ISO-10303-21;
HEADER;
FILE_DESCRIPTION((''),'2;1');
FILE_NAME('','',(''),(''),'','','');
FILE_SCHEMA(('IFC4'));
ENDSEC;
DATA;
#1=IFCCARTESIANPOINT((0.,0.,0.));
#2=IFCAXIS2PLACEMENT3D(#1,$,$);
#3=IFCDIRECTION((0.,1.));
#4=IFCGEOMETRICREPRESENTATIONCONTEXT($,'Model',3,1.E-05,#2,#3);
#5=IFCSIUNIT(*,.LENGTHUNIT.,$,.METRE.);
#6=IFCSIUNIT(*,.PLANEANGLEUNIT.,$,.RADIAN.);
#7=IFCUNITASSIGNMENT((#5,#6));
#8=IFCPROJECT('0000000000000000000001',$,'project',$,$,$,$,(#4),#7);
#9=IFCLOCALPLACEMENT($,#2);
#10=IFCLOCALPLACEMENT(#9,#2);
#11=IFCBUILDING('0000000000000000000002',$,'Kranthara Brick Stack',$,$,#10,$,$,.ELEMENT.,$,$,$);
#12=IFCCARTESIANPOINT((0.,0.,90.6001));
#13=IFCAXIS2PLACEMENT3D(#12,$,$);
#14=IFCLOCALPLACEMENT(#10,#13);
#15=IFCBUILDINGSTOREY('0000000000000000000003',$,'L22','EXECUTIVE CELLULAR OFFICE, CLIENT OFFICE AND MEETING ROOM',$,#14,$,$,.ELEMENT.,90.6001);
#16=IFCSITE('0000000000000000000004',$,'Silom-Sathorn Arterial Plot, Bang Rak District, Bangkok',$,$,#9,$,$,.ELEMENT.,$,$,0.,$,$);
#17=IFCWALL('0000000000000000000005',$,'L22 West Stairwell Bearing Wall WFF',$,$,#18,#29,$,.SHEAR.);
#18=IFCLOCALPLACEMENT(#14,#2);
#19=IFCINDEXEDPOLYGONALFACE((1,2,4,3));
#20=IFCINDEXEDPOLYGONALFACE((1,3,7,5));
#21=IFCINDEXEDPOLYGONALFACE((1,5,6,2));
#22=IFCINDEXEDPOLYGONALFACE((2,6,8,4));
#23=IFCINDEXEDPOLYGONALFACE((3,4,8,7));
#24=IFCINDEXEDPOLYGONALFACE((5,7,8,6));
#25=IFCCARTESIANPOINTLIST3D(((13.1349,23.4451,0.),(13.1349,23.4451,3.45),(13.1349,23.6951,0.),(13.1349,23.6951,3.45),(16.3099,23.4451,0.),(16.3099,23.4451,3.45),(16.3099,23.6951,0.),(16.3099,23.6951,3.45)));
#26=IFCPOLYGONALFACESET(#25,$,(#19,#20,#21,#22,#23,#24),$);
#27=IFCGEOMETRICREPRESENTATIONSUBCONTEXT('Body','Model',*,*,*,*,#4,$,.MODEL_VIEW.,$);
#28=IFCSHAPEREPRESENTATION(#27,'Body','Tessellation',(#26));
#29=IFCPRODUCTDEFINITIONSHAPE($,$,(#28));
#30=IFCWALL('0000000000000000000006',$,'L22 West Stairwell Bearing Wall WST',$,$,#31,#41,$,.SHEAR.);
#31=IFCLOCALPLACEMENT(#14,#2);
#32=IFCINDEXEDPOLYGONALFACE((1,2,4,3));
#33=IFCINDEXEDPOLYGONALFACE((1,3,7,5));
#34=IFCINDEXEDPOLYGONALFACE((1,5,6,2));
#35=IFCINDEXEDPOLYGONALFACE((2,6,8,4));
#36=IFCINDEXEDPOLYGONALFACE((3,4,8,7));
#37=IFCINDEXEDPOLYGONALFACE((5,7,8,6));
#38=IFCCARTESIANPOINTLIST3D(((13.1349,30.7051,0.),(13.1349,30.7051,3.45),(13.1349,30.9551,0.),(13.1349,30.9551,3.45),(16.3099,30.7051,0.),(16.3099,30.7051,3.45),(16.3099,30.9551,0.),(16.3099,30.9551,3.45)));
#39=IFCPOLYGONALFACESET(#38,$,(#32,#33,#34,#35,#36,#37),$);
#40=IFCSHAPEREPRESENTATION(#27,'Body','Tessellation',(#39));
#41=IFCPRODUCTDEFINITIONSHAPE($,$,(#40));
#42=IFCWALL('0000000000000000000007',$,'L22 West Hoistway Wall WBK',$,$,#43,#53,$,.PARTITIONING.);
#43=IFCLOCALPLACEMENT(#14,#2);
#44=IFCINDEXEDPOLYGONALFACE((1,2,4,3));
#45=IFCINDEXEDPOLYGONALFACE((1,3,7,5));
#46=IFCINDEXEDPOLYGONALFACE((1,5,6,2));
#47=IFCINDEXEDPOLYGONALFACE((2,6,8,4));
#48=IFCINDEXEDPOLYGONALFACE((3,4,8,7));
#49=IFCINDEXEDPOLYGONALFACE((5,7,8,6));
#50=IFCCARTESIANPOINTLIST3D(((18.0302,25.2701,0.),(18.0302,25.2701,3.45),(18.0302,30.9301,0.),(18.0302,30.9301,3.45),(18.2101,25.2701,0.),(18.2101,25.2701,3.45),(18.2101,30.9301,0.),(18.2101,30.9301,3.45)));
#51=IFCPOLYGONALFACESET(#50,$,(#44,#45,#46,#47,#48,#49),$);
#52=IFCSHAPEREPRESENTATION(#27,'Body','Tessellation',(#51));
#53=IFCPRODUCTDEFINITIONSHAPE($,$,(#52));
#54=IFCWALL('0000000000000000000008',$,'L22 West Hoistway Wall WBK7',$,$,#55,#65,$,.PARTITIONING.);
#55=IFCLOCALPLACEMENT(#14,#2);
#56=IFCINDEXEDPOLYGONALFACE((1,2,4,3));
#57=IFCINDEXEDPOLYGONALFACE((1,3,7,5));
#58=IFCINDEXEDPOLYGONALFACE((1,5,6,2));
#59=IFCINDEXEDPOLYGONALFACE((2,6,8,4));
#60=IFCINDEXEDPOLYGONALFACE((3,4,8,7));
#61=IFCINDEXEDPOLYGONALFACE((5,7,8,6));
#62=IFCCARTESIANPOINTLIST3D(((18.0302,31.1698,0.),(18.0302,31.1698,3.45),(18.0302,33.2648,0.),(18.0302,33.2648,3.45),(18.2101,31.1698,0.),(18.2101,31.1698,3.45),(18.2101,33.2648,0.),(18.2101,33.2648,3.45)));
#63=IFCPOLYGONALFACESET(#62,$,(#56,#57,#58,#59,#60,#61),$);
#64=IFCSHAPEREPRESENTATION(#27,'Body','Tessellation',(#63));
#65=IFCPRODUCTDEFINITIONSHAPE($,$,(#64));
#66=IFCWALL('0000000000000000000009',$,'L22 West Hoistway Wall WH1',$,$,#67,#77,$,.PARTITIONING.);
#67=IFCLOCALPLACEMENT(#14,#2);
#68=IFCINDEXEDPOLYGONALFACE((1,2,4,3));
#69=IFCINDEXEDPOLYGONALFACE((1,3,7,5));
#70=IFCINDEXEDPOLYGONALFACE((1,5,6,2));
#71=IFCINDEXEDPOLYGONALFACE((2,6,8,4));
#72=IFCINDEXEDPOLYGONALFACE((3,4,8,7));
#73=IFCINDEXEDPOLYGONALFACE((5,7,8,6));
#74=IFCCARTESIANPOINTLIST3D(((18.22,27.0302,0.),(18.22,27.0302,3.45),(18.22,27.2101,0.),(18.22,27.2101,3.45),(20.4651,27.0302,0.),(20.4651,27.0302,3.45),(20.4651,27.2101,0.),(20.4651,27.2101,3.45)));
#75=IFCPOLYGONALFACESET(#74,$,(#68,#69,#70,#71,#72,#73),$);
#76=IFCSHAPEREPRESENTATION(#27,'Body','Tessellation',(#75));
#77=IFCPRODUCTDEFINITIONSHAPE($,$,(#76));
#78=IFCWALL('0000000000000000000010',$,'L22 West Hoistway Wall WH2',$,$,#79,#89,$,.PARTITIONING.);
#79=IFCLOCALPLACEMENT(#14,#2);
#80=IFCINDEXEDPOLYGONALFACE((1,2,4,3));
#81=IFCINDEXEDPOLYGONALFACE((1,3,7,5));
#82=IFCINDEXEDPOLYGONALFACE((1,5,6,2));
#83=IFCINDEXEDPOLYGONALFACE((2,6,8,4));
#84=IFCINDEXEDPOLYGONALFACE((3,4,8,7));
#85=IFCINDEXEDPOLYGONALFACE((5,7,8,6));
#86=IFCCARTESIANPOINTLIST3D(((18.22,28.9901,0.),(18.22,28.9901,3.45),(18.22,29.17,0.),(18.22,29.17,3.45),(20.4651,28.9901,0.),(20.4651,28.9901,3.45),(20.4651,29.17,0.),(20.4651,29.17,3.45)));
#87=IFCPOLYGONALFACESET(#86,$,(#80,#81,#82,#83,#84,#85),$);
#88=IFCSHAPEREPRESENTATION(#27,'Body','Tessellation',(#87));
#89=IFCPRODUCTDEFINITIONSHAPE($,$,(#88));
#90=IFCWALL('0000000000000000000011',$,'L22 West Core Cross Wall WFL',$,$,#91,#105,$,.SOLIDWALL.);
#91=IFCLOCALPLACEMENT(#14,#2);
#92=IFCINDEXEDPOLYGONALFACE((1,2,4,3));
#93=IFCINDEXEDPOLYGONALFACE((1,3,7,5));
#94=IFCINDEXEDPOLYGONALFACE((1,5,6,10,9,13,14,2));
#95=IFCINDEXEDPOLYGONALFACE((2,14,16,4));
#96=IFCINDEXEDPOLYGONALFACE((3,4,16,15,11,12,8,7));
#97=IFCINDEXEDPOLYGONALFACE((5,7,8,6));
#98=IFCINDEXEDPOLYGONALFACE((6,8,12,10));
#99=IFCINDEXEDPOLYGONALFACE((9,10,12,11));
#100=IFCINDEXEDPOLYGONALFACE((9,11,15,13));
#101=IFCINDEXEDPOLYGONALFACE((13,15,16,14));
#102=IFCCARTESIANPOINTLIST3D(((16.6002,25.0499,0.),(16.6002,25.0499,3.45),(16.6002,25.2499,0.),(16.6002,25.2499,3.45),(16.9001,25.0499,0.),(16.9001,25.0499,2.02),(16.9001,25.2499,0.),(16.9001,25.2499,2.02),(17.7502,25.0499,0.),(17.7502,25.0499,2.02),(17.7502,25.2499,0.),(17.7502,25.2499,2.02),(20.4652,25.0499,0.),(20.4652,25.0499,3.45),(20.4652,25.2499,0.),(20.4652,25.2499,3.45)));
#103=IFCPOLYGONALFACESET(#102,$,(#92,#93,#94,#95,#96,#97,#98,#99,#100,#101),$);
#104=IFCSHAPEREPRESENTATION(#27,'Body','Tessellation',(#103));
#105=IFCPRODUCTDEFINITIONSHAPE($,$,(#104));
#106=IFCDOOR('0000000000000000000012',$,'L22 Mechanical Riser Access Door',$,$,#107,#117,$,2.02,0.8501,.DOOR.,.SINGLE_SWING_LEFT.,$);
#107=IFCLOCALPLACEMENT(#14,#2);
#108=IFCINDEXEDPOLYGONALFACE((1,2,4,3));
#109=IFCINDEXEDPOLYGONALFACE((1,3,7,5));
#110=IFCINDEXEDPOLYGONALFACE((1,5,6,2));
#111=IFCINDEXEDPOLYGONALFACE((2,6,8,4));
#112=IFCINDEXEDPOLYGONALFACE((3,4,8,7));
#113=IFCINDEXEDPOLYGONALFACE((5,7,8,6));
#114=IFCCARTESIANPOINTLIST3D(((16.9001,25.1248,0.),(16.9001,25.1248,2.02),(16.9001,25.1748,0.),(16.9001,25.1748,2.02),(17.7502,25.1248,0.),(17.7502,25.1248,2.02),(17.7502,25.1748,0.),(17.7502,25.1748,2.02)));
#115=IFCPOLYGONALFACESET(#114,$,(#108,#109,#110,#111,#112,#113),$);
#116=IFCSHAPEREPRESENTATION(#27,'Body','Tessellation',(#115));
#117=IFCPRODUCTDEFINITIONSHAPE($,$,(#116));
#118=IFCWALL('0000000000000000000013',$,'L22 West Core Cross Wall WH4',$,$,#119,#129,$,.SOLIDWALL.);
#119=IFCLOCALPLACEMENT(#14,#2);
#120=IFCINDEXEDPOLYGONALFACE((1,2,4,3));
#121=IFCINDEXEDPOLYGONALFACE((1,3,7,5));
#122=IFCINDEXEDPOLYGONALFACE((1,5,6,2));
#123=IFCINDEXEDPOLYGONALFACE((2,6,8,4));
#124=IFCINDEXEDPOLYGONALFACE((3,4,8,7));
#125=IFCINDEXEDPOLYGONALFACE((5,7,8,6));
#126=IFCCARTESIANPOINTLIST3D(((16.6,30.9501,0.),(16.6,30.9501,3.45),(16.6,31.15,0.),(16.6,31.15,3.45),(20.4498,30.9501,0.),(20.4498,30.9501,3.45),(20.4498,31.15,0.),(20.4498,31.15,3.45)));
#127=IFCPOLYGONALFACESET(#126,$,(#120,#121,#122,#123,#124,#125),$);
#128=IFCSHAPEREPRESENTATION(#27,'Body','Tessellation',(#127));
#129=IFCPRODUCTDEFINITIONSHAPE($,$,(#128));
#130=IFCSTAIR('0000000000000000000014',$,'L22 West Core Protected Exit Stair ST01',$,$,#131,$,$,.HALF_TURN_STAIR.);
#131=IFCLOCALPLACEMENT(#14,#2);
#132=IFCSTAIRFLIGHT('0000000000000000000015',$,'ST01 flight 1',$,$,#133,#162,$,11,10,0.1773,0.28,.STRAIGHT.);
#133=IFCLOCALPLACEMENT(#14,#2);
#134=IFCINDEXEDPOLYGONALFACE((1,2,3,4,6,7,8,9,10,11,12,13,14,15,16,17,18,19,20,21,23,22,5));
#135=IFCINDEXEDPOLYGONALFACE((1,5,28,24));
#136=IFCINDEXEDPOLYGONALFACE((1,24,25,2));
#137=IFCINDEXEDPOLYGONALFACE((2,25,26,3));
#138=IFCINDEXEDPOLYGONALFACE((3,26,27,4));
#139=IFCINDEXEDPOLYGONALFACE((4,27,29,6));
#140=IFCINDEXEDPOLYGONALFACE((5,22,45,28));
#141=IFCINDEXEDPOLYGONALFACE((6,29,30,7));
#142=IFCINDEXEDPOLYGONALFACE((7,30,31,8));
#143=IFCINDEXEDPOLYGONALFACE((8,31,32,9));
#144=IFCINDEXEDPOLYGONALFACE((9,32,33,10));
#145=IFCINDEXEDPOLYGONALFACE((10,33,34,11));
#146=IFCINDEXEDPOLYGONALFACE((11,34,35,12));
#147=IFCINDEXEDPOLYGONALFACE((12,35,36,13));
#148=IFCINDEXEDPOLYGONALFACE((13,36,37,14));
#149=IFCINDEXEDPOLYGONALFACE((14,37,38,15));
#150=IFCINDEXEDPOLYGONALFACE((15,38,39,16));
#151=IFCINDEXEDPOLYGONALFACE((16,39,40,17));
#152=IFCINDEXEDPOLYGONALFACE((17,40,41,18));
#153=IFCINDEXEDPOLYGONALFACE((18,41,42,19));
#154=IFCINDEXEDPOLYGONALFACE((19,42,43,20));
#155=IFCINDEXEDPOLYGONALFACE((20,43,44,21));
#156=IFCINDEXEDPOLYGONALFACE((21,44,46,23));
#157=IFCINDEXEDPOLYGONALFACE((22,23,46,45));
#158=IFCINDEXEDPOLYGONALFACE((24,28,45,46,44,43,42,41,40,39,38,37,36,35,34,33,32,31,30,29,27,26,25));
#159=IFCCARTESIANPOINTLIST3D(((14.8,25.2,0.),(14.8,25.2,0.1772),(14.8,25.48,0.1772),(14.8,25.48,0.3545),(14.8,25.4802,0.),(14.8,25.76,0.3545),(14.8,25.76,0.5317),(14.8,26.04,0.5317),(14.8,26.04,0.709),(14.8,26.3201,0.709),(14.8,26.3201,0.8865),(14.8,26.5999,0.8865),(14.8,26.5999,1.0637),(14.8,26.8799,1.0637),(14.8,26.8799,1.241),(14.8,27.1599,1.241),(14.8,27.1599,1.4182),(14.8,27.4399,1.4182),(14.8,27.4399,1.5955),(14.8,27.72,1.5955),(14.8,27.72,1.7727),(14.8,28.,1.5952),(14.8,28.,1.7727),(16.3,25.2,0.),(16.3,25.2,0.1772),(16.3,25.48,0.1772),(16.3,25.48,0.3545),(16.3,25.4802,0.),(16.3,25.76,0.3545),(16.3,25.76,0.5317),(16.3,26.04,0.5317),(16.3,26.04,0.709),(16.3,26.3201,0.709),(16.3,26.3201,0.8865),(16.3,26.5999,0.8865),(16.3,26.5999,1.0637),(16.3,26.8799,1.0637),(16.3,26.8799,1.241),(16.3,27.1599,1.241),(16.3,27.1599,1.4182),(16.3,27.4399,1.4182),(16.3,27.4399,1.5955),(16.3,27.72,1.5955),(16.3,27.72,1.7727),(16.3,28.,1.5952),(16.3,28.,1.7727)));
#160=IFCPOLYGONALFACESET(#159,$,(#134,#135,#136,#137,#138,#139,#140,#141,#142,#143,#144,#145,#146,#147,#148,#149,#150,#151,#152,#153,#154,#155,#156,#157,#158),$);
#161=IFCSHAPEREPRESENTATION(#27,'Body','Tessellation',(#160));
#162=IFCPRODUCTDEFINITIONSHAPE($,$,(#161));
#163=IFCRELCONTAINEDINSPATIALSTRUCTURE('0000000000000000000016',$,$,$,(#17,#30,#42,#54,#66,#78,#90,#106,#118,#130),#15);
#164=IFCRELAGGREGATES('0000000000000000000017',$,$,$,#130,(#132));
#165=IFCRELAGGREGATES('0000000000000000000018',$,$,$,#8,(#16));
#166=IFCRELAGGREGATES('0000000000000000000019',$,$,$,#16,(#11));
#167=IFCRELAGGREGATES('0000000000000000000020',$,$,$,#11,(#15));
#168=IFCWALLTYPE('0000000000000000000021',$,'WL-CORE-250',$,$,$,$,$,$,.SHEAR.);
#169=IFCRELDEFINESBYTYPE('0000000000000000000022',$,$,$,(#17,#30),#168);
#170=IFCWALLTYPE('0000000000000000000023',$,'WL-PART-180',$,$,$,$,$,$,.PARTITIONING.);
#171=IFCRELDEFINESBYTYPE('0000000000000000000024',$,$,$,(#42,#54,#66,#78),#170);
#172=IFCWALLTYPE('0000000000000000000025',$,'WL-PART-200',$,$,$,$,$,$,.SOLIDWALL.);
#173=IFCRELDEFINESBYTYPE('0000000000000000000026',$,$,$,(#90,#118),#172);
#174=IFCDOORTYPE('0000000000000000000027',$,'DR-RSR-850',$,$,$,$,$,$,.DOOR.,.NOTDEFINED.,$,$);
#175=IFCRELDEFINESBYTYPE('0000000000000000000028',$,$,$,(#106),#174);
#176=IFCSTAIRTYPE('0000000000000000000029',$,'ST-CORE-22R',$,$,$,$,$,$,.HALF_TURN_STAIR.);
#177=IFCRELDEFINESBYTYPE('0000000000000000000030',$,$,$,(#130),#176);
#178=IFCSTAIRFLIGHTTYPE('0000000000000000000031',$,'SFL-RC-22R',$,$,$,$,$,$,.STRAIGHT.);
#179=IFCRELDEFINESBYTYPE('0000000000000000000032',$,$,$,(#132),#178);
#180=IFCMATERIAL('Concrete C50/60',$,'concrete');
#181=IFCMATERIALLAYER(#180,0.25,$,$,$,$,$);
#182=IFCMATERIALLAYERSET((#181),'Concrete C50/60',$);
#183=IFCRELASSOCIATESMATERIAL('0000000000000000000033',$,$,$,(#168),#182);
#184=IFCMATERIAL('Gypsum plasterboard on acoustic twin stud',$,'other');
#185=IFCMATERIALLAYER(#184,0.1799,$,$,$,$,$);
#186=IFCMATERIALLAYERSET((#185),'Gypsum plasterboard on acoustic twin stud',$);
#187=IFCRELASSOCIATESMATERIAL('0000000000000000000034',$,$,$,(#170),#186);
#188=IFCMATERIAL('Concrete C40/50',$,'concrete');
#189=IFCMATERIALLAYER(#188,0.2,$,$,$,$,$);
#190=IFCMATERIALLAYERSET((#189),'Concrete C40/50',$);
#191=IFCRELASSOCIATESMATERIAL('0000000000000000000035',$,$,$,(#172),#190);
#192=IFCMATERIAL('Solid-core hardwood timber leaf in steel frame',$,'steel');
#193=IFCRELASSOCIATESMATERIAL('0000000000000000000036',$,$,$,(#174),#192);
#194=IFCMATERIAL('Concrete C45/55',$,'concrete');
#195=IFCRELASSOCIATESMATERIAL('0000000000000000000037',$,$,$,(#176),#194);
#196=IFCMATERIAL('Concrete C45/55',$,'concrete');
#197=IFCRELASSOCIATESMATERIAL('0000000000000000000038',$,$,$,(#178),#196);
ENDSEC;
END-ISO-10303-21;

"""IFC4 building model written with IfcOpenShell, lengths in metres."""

from ifc_helpers import new_model, si_unit, direction, frame, frame_2d, origin, place, context, subcontext, project, spatial, polyline, rectangle, outline, extrude, material, layer, layer_set, type_object, element, fill, aggregate, save


model = new_model("IFC4")

# Units and contexts
model_context = context("Model", 3, precision=1e-05, world=origin(), true_north=direction((0.0, 1.0)))
body_context = subcontext(model_context, "Body", "Model", "MODEL_VIEW")
ifc_project = project(units=[si_unit("LENGTHUNIT", "METRE"), si_unit("PLANEANGLEUNIT", "RADIAN")], contexts=[model_context])

# Site, building, storey
site_placement = place(None, origin())
site = spatial("IfcSite", under=ifc_project, at=site_placement, Name="Silom-Sathorn Arterial Plot, Bang Rak District, Bangkok", CompositionType="ELEMENT", RefElevation=0.0)
building_placement = place(site_placement, origin())
building = spatial("IfcBuilding", under=site, at=building_placement, Name="Kranthara Brick Stack", CompositionType="ELEMENT")
storey_placement = place(building_placement, frame((0.0, 0.0, 90.6001)))
storey = spatial("IfcBuildingStorey", under=building, at=storey_placement, Name="L22", Description="EXECUTIVE CELLULAR OFFICE, CLIENT OFFICE AND MEETING ROOM", CompositionType="ELEMENT", Elevation=90.6001)

# Walls
ifc_material_1 = material(Name="Concrete C50/60", Category="concrete")
ifc_layer_1 = layer(ifc_material_1, 0.25)
ifc_layer_set_1 = layer_set([ifc_layer_1], Name="Concrete C50/60")
wall_type_1 = type_object("IfcWallType", Name="WL-CORE-250", PredefinedType="SHEAR", material=ifc_layer_set_1)
for number, where, z_axis, x_axis, name in (
    (1, (13.135, 23.5701, 0.0), (0.0, 0.0, 1.0), (1.0, 0.0, 0.0), "L22 West Stairwell Bearing Wall WFF"),
    (2, (13.135, 30.8301, 0.0), (0.0, 0.0, 1.0), (1.0, 0.0, 0.0), "L22 West Stairwell Bearing Wall WST"),
):
    element("IfcWall", number, at=place(storey_placement, frame(where, z_axis=z_axis, x_axis=x_axis)), inside=storey, type_object=wall_type_1, Name=name, PredefinedType="SHEAR", context=body_context, shape_type="SweptSolid", body=[
        extrude(rectangle(XDim=3.175, YDim=0.25, at=frame_2d((1.5874, 0.0))), origin(), (0.0, 0.0, 1.0), 3.45),
    ])
ifc_material_2 = material(Name="Gypsum plasterboard on acoustic twin stud", Category="other")
ifc_layer_2 = layer(ifc_material_2, 0.1799)
ifc_layer_set_2 = layer_set([ifc_layer_2], Name="Gypsum plasterboard on acoustic twin stud")
wall_type_2 = type_object("IfcWallType", Name="WL-PART-180", PredefinedType="PARTITIONING", material=ifc_layer_set_2)
wall_1_placement = place(storey_placement, frame((18.1201, 25.27, 0.0), z_axis=(0.0, 0.0, 1.0), x_axis=(0.0, 1.0, 0.0)))
element("IfcWall", 3, at=wall_1_placement, inside=storey, type_object=wall_type_2, Name="L22 West Hoistway Wall WBK", PredefinedType="PARTITIONING", context=body_context, shape_type="SweptSolid", body=[
    extrude(rectangle(XDim=5.6599, YDim=0.1799, at=frame_2d((2.8301, 0.0))), origin(), (0.0, 0.0, 1.0), 3.45),
])
wall_2_placement = place(storey_placement, frame((18.1201, 31.1699, 0.0), z_axis=(0.0, 0.0, 1.0), x_axis=(0.0, 1.0, 0.0)))
element("IfcWall", 4, at=wall_2_placement, inside=storey, type_object=wall_type_2, Name="L22 West Hoistway Wall WBK7", PredefinedType="PARTITIONING", context=body_context, shape_type="SweptSolid", body=[
    extrude(rectangle(XDim=2.095, YDim=0.1799, at=frame_2d((1.0474, 0.0))), origin(), (0.0, 0.0, 1.0), 3.45),
])
for number, where, z_axis, x_axis, name in (
    (5, (18.22, 27.1201, 0.0), (0.0, 0.0, 1.0), (1.0, 0.0, 0.0), "L22 West Hoistway Wall WH1"),
    (6, (18.22, 29.0801, 0.0), (0.0, 0.0, 1.0), (1.0, 0.0, 0.0), "L22 West Hoistway Wall WH2"),
):
    element("IfcWall", number, at=place(storey_placement, frame(where, z_axis=z_axis, x_axis=x_axis)), inside=storey, type_object=wall_type_2, Name=name, PredefinedType="PARTITIONING", context=body_context, shape_type="SweptSolid", body=[
        extrude(rectangle(XDim=2.2451, YDim=0.1799, at=frame_2d((1.1226, 0.0))), origin(), (0.0, 0.0, 1.0), 3.45),
    ])

# Wall, opening, door
ifc_material_3 = material(Name="Concrete C40/50", Category="concrete")
ifc_layer_3 = layer(ifc_material_3, 0.2)
ifc_layer_set_3 = layer_set([ifc_layer_3], Name="Concrete C40/50")
wall_type_3 = type_object("IfcWallType", Name="WL-PART-200", PredefinedType="SOLIDWALL", material=ifc_layer_set_3)
wall_3_placement = place(storey_placement, frame((16.6001, 25.1499, 0.0), z_axis=(0.0, 0.0, 1.0), x_axis=(1.0, 0.0, 0.0)))
wall_3 = element("IfcWall", 7, at=wall_3_placement, inside=storey, type_object=wall_type_3, Name="L22 West Core Cross Wall WFL", PredefinedType="SOLIDWALL", context=body_context, shape_type="SweptSolid", body=[
    extrude(rectangle(XDim=3.865, YDim=0.2, at=frame_2d((1.9326, 0.0))), origin(), (0.0, 0.0, 1.0), 3.45),
])
opening_placement = place(wall_3_placement, frame((0.3, 0.0, 0.0)))
opening = element("IfcOpeningElement", 8, at=opening_placement, cuts=wall_3, PredefinedType="OPENING", context=body_context, shape_type="SweptSolid", body=[
    extrude(rectangle(XDim=0.8501, YDim=2.02, at=frame_2d((0.425, 1.01))), frame((0.0, 0.1099, 0.0), z_axis=(0.0, -1.0, 0.0), x_axis=(1.0, 0.0, 0.0)), (0.0, 0.0, 1.0), 0.22),
])
ifc_material_4 = material(Name="Solid-core hardwood timber leaf in steel frame", Category="steel")
door_type = type_object("IfcDoorType", Name="DR-RSR-850", OperationType="NOTDEFINED", PredefinedType="DOOR", material=ifc_material_4)
door_placement = place(opening_placement, origin())
door = element("IfcDoor", 9, at=door_placement, inside=storey, type_object=door_type, Name="L22 Mechanical Riser Access Door", OperationType="SINGLE_SWING_LEFT", OverallHeight=2.02, OverallWidth=0.8501, PredefinedType="DOOR", context=body_context, shape_type="SweptSolid", body=[
    extrude(rectangle(XDim=0.8501, YDim=2.02, at=frame_2d((0.425, 1.01))), frame((0.0, 0.0249, 0.0), z_axis=(0.0, -1.0, 0.0), x_axis=(1.0, 0.0, 0.0)), (0.0, 0.0, 1.0), 0.05),
])
fill(opening, door)

# Wall
wall_4_placement = place(storey_placement, frame((16.6001, 31.05, 0.0), z_axis=(0.0, 0.0, 1.0), x_axis=(1.0, 0.0, 0.0)))
element("IfcWall", 10, at=wall_4_placement, inside=storey, type_object=wall_type_3, Name="L22 West Core Cross Wall WH4", PredefinedType="SOLIDWALL", context=body_context, shape_type="SweptSolid", body=[
    extrude(rectangle(XDim=3.8499, YDim=0.2, at=frame_2d((1.9248, 0.0))), origin(), (0.0, 0.0, 1.0), 3.45),
])

# Stair, stair flight
ifc_material_5 = material(Name="Concrete C45/55", Category="concrete")
stair_type = type_object("IfcStairType", Name="ST-CORE-22R", PredefinedType="HALF_TURN_STAIR", material=ifc_material_5)
stair_placement = place(storey_placement, origin())
stair = element("IfcStair", 11, at=stair_placement, inside=storey, type_object=stair_type, Name="L22 West Core Protected Exit Stair ST01", PredefinedType="HALF_TURN_STAIR")
ifc_material_6 = material(Name="Concrete C45/55", Category="concrete")
stair_flight_type = type_object("IfcStairFlightType", Name="SFL-RC-22R", PredefinedType="STRAIGHT", material=ifc_material_6)
stair_flight_1_placement = place(storey_placement, frame((15.55, 25.2, 0.0), z_axis=(0.0, 0.0, 1.0), x_axis=(0.0, 1.0, 0.0)))
stair_flight_1 = element("IfcStairFlight", 12, at=stair_flight_1_placement, type_object=stair_flight_type, Name="ST01 flight 1", NumberOfRisers=11, NumberOfTreads=10, PredefinedType="STRAIGHT", RiserHeight=0.1773, TreadLength=0.28, context=body_context, shape_type="SweptSolid", body=[
    extrude(outline(polyline([(0.0, 0.0), (0.0, 0.1772), (0.28, 0.1772), (0.28, 0.3545), (0.5601, 0.3545), (0.5601, 0.5317), (0.8401, 0.5317), (0.8401, 0.709), (1.1201, 0.709), (1.1201, 0.8865), (1.3999, 0.8865), (1.3999, 1.0637), (1.6799, 1.0637), (1.6799, 1.241), (1.96, 1.241), (1.96, 1.4182), (2.24, 1.4182), (2.24, 1.5955), (2.52, 1.5955), (2.52, 1.7727), (2.8, 1.7727), (2.8, 1.95), (2.8, 1.5952), (0.2803, 0.0), (0.0, 0.0)])), frame((0.0, 0.75, 0.0), z_axis=(0.0, -1.0, 0.0), x_axis=(1.0, 0.0, 0.0)), (0.0, 0.0, 1.0), 1.5),
])
aggregate(stair, [stair_flight_1])

save(model, "model.ifc")
